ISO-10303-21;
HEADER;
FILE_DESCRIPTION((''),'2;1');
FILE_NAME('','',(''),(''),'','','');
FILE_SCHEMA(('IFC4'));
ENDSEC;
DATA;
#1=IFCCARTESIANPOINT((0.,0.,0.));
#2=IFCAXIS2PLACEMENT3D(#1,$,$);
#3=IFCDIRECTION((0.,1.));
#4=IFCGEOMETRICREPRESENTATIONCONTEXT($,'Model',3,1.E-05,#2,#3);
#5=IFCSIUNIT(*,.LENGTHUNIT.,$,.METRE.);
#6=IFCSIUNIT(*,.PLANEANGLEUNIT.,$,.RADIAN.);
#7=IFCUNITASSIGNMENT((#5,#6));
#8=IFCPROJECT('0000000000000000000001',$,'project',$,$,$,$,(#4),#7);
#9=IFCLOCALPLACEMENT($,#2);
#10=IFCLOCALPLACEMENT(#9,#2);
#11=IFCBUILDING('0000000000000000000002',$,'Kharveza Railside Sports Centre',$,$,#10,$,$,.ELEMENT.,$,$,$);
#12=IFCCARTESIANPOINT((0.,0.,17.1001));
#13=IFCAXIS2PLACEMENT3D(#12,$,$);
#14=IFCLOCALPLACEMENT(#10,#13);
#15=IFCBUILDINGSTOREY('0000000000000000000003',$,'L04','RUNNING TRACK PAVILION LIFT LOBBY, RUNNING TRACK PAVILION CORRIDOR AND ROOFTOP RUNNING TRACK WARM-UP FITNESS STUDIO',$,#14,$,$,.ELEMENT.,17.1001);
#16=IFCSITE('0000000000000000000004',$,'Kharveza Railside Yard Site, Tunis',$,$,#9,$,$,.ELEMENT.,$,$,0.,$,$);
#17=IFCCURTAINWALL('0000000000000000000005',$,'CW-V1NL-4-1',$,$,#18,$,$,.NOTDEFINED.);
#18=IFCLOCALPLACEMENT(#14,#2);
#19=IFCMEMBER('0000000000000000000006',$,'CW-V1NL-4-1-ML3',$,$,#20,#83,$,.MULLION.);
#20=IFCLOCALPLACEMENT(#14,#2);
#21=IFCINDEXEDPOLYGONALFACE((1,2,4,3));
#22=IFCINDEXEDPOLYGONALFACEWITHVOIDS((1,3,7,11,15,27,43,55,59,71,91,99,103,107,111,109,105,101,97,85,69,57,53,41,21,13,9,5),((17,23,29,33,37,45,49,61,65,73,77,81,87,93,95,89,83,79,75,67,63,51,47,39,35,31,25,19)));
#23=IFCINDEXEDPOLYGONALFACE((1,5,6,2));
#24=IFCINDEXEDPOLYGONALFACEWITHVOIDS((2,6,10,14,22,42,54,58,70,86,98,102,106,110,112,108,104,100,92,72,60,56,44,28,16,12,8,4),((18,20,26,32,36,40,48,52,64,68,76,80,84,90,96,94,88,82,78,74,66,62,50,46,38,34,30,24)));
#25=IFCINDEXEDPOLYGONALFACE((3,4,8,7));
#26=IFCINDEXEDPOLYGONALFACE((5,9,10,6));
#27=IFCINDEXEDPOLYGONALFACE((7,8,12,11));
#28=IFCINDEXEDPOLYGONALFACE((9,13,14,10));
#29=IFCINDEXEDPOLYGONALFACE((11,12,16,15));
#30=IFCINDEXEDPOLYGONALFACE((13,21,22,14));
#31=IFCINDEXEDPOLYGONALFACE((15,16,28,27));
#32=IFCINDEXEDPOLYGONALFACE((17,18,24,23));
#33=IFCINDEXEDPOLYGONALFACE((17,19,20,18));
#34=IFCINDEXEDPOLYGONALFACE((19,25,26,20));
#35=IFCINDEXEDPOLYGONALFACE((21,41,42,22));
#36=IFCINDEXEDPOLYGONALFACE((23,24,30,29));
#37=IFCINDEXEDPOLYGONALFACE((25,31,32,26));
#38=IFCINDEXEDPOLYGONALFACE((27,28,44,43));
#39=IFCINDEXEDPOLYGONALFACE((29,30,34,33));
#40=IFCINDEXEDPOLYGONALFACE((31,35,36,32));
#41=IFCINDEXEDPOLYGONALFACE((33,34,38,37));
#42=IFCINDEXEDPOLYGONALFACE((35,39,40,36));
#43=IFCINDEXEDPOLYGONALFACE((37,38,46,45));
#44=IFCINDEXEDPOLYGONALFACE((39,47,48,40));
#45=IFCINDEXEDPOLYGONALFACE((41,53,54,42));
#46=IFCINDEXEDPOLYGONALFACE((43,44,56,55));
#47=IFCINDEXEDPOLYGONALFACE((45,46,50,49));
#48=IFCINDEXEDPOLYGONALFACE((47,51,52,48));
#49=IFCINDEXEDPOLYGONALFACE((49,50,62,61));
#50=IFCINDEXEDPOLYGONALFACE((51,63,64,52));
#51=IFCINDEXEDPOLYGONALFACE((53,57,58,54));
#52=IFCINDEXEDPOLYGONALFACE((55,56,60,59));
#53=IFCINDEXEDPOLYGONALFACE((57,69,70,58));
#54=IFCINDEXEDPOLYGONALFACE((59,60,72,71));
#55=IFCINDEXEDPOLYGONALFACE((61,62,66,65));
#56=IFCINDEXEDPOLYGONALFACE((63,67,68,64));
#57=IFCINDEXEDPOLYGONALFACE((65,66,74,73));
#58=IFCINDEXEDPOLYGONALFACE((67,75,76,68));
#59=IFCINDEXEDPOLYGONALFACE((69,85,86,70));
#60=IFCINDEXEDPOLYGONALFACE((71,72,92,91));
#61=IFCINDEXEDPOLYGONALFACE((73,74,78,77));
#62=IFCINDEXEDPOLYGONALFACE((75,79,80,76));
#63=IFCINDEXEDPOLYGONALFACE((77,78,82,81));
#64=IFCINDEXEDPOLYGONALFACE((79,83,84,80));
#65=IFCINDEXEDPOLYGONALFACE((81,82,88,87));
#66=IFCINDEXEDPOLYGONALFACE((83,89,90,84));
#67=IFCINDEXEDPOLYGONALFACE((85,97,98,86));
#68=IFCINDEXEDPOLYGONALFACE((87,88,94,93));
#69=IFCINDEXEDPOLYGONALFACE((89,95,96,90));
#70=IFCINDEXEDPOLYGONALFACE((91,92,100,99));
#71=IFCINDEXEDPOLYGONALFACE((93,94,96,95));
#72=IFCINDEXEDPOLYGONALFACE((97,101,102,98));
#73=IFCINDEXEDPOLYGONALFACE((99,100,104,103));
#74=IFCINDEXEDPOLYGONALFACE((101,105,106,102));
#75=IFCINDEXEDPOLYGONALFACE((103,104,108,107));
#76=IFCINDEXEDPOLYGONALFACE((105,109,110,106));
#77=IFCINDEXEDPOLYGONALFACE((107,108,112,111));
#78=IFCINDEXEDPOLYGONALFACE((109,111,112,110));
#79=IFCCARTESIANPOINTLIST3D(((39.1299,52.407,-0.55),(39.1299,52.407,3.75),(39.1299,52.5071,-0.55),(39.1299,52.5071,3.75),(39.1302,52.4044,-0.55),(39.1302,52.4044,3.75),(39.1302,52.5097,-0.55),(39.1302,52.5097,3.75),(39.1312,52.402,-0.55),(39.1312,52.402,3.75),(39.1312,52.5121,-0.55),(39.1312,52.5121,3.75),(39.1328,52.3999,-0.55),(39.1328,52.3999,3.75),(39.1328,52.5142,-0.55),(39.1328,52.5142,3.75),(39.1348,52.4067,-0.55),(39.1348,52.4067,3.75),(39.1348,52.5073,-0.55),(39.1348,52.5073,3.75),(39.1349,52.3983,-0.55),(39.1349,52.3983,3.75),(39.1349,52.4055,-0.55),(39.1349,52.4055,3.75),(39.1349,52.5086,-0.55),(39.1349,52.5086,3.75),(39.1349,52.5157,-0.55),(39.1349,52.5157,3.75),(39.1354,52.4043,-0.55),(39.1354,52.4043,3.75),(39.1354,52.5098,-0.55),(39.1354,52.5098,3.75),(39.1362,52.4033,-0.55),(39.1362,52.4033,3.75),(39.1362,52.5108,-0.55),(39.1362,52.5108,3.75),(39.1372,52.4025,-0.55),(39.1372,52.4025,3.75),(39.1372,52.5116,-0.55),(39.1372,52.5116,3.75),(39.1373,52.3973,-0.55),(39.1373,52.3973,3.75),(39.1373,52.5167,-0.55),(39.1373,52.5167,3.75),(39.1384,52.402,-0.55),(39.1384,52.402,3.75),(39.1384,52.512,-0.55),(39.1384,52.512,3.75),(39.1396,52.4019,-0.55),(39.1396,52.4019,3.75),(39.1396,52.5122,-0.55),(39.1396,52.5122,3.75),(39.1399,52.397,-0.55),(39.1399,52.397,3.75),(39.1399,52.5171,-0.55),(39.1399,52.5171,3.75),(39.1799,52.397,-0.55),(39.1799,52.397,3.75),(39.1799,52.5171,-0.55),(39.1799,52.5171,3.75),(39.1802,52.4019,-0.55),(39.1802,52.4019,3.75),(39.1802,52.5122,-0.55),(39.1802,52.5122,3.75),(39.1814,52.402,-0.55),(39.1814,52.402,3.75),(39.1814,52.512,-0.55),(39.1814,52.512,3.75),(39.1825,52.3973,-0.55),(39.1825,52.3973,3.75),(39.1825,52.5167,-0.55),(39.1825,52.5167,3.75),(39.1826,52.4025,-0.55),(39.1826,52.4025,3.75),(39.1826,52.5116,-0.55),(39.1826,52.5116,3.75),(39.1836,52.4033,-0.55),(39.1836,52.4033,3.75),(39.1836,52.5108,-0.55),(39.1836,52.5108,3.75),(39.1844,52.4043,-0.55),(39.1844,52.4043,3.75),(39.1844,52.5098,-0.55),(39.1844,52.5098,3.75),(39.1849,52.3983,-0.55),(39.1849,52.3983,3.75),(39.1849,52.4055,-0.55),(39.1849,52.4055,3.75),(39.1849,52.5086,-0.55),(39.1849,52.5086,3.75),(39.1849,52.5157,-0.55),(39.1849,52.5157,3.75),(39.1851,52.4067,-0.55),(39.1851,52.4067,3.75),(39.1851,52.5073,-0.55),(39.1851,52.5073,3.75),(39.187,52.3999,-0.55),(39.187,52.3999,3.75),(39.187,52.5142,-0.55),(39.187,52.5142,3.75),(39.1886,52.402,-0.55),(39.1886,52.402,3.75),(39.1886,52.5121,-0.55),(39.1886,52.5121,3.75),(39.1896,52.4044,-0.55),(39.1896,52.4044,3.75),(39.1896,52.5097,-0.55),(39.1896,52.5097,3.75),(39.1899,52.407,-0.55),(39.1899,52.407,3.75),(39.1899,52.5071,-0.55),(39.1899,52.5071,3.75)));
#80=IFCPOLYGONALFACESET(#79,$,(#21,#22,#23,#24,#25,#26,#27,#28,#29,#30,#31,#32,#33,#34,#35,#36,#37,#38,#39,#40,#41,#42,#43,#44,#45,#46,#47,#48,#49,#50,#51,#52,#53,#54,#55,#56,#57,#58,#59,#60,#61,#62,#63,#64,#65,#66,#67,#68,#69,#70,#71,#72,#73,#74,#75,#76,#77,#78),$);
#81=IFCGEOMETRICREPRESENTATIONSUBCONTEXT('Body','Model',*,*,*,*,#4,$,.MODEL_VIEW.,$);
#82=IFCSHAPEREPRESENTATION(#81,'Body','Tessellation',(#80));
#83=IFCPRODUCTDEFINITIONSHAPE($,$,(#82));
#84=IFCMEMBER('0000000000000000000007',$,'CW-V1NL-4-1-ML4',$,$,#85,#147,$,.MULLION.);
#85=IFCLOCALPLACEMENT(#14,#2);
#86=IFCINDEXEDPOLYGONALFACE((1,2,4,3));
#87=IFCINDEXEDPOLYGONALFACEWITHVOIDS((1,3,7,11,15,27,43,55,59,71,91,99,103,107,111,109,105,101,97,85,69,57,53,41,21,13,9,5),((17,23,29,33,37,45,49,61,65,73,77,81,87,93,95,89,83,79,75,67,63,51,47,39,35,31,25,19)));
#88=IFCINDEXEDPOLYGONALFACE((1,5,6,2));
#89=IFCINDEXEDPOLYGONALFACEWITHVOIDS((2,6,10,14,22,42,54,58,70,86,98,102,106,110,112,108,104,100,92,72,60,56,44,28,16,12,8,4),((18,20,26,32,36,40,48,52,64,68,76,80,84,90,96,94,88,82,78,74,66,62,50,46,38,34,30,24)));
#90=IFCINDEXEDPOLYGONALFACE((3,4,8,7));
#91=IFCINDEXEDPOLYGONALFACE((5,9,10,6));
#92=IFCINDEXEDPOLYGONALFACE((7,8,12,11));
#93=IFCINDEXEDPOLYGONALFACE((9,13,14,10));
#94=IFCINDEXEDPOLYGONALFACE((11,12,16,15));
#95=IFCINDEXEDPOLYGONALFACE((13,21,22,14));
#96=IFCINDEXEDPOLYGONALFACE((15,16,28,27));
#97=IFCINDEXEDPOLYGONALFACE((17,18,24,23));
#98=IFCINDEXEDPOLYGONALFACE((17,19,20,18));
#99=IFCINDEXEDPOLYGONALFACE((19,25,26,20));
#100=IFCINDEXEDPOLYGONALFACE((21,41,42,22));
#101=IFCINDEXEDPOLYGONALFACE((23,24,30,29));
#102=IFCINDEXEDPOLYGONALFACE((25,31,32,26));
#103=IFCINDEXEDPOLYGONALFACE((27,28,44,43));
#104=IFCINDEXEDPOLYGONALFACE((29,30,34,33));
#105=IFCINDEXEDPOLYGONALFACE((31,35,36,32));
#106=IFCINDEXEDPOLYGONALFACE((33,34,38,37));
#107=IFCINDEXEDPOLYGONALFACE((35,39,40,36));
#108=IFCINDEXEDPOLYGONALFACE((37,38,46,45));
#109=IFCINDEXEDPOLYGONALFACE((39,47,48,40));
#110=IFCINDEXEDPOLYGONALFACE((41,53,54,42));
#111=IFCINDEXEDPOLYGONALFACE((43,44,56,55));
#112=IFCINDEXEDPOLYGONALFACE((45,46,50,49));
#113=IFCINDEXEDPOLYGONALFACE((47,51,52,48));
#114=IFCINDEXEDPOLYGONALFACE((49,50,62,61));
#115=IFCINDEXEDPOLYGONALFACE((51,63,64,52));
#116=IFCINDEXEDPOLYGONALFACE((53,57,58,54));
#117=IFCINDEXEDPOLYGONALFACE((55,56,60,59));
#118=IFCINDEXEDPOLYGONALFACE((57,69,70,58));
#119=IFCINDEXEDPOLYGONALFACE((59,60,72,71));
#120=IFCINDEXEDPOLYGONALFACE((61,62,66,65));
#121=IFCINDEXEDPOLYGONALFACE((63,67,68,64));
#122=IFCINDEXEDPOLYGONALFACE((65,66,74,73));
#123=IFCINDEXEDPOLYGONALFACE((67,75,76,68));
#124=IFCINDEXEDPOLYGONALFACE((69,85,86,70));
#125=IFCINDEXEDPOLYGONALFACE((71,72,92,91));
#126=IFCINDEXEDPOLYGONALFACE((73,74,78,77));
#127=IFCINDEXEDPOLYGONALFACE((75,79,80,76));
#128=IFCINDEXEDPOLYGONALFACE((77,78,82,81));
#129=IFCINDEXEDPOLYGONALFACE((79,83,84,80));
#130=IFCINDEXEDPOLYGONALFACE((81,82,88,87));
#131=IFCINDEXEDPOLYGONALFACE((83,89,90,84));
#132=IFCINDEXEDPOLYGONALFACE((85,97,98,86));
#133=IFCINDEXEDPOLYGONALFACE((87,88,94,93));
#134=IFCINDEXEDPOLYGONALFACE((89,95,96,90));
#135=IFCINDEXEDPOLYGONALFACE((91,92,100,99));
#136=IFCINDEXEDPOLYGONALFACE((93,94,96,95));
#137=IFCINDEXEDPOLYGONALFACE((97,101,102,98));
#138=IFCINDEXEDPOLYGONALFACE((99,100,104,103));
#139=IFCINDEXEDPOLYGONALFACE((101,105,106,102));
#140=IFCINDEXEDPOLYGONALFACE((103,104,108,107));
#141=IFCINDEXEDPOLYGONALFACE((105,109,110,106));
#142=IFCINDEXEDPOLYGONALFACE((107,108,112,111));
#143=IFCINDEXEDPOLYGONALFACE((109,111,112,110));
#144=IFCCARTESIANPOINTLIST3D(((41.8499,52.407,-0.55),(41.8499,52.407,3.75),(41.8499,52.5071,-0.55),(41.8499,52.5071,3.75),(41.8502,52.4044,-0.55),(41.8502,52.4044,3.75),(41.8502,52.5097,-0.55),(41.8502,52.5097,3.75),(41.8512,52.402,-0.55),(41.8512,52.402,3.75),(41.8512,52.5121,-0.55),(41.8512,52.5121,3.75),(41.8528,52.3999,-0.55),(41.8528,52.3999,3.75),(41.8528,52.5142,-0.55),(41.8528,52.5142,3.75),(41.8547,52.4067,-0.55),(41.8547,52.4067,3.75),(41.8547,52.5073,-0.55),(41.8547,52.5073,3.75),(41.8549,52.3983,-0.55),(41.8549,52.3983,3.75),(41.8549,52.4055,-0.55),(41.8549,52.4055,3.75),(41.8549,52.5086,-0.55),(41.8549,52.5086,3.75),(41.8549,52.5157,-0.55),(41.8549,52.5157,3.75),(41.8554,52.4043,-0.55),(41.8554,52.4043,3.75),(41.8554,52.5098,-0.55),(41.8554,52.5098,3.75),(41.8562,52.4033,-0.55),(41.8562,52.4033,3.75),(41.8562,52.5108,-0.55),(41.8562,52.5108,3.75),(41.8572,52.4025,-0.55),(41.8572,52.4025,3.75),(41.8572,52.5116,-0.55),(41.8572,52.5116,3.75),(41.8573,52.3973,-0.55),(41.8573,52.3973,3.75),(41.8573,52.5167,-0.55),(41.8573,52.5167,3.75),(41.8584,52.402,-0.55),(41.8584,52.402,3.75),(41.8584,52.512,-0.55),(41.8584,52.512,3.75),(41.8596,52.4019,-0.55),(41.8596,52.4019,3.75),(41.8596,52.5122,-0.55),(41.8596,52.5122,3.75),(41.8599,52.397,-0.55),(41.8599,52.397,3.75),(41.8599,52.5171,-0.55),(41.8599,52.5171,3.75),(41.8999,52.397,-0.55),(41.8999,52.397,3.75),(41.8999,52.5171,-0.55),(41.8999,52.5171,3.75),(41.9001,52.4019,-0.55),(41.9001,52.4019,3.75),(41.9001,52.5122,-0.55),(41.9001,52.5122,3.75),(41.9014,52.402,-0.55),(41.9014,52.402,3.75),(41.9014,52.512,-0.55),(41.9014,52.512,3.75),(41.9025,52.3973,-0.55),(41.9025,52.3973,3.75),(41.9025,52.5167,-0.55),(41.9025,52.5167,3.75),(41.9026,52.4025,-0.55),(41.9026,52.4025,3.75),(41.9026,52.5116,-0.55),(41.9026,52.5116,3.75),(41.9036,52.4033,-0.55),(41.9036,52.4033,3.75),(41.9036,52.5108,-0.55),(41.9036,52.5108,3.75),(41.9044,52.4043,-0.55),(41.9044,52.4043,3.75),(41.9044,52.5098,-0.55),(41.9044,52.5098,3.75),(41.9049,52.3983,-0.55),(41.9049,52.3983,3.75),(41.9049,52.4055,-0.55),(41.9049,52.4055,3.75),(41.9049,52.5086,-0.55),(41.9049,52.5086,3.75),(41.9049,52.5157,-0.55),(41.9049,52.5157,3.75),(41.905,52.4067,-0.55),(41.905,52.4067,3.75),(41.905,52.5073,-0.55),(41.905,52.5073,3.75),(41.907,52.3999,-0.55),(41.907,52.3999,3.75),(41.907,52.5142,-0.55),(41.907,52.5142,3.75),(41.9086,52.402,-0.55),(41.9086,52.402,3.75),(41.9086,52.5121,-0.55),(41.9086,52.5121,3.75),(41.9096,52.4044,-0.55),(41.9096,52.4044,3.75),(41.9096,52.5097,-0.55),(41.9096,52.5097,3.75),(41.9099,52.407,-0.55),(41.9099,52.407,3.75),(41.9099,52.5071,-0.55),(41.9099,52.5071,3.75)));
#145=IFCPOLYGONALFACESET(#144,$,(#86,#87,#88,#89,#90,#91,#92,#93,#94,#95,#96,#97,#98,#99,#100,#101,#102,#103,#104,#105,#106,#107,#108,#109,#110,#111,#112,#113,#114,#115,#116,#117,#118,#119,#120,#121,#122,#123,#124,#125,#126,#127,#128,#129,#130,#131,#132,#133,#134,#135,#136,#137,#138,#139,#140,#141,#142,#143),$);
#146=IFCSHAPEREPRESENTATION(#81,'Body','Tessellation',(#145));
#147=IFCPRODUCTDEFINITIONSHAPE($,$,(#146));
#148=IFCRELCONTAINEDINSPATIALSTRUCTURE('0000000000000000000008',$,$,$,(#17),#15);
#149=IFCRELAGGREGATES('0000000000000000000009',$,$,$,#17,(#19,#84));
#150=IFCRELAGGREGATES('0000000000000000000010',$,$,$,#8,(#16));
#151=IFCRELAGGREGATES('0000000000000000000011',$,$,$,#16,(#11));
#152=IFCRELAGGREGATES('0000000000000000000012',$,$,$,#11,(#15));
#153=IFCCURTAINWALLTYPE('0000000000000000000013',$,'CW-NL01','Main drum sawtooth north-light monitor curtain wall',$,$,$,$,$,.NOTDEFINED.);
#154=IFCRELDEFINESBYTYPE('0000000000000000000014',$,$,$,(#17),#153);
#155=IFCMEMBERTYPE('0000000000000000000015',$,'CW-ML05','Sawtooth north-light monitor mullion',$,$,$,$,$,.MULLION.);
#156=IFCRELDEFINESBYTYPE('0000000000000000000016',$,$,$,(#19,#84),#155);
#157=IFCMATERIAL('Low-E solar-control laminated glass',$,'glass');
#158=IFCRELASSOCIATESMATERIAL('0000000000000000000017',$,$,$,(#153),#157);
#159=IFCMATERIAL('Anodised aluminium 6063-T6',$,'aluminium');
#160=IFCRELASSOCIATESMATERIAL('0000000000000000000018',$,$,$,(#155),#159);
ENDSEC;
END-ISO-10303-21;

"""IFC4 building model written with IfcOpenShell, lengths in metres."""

from ifc_helpers import new_model, si_unit, direction, frame, origin, origin_2d, place, context, subcontext, project, spatial, hollow_rectangle, extrude, material, material_profile, profile_set, type_object, element, aggregate, save


model = new_model("IFC4")

# Units and contexts
model_context = context("Model", 3, precision=1e-05, world=origin(), true_north=direction((0.0, 1.0)))
body_context = subcontext(model_context, "Body", "Model", "MODEL_VIEW")
ifc_project = project(units=[si_unit("LENGTHUNIT", "METRE"), si_unit("PLANEANGLEUNIT", "RADIAN")], contexts=[model_context])

# Site, building, storey
site_placement = place(None, origin())
site = spatial("IfcSite", under=ifc_project, at=site_placement, Name="Kharveza Railside Yard Site, Tunis", CompositionType="ELEMENT", RefElevation=0.0)
building_placement = place(site_placement, origin())
building = spatial("IfcBuilding", under=site, at=building_placement, Name="Kharveza Railside Sports Centre", CompositionType="ELEMENT")
storey_placement = place(building_placement, frame((0.0, 0.0, 17.1001)))
storey = spatial("IfcBuildingStorey", under=building, at=storey_placement, Name="L04", Description="RUNNING TRACK PAVILION LIFT LOBBY, RUNNING TRACK PAVILION CORRIDOR AND ROOFTOP RUNNING TRACK WARM-UP FITNESS STUDIO", CompositionType="ELEMENT", Elevation=17.1001)

# Curtain wall, members
ifc_material_1 = material(Name="Low-E solar-control laminated glass", Category="glass")
curtain_wall_type = type_object("IfcCurtainWallType", Name="CW-NL01", Description="Main drum sawtooth north-light monitor curtain wall", PredefinedType="NOTDEFINED", material=ifc_material_1)
curtain_wall_1_placement = place(storey_placement, origin())
curtain_wall_1 = element("IfcCurtainWall", 1, at=curtain_wall_1_placement, inside=storey, type_object=curtain_wall_type, Name="CW-V1NL-4-1", PredefinedType="NOTDEFINED")
ifc_material_2 = material(Name="Anodised aluminium 6063-T6", Category="aluminium")
ifc_material_profile_1 = material_profile(ifc_material_2, hollow_rectangle(XDim=0.0601, YDim=0.1201, WallThickness=0.0049, InnerFilletRadius=0.0049, OuterFilletRadius=0.01, at=origin_2d()), Name="RHS 60x120x5.0")
ifc_profile_set_1 = profile_set([ifc_material_profile_1], Name="Anodised aluminium 6063-T6")
member_type_1 = type_object("IfcMemberType", Name="CW-ML05", Description="Sawtooth north-light monitor mullion", PredefinedType="MULLION", material=ifc_profile_set_1)
member_1_placement = place(storey_placement, frame((39.1599, 52.457, -0.55), z_axis=(0.0, 0.0, 1.0), x_axis=(1.0, 0.0, 0.0)))
member_1 = element("IfcMember", 2, at=member_1_placement, type_object=member_type_1, Name="CW-V1NL-4-1-ML3", PredefinedType="MULLION", context=body_context, shape_type="SweptSolid", body=[
    extrude(hollow_rectangle(XDim=0.0601, YDim=0.1201, WallThickness=0.0049, InnerFilletRadius=0.0049, OuterFilletRadius=0.01, at=origin_2d()), origin(), (0.0, 0.0, 1.0), 4.3),
])
member_2_placement = place(storey_placement, frame((41.8799, 52.457, -0.55), z_axis=(0.0, 0.0, 1.0), x_axis=(1.0, 0.0, 0.0)))
member_2 = element("IfcMember", 3, at=member_2_placement, type_object=member_type_1, Name="CW-V1NL-4-1-ML4", PredefinedType="MULLION", context=body_context, shape_type="SweptSolid", body=[
    extrude(hollow_rectangle(XDim=0.0601, YDim=0.1201, WallThickness=0.0049, InnerFilletRadius=0.0049, OuterFilletRadius=0.01, at=origin_2d()), origin(), (0.0, 0.0, 1.0), 4.3),
])

aggregate(curtain_wall_1, [member_1, member_2])

save(model, "model.ifc")
